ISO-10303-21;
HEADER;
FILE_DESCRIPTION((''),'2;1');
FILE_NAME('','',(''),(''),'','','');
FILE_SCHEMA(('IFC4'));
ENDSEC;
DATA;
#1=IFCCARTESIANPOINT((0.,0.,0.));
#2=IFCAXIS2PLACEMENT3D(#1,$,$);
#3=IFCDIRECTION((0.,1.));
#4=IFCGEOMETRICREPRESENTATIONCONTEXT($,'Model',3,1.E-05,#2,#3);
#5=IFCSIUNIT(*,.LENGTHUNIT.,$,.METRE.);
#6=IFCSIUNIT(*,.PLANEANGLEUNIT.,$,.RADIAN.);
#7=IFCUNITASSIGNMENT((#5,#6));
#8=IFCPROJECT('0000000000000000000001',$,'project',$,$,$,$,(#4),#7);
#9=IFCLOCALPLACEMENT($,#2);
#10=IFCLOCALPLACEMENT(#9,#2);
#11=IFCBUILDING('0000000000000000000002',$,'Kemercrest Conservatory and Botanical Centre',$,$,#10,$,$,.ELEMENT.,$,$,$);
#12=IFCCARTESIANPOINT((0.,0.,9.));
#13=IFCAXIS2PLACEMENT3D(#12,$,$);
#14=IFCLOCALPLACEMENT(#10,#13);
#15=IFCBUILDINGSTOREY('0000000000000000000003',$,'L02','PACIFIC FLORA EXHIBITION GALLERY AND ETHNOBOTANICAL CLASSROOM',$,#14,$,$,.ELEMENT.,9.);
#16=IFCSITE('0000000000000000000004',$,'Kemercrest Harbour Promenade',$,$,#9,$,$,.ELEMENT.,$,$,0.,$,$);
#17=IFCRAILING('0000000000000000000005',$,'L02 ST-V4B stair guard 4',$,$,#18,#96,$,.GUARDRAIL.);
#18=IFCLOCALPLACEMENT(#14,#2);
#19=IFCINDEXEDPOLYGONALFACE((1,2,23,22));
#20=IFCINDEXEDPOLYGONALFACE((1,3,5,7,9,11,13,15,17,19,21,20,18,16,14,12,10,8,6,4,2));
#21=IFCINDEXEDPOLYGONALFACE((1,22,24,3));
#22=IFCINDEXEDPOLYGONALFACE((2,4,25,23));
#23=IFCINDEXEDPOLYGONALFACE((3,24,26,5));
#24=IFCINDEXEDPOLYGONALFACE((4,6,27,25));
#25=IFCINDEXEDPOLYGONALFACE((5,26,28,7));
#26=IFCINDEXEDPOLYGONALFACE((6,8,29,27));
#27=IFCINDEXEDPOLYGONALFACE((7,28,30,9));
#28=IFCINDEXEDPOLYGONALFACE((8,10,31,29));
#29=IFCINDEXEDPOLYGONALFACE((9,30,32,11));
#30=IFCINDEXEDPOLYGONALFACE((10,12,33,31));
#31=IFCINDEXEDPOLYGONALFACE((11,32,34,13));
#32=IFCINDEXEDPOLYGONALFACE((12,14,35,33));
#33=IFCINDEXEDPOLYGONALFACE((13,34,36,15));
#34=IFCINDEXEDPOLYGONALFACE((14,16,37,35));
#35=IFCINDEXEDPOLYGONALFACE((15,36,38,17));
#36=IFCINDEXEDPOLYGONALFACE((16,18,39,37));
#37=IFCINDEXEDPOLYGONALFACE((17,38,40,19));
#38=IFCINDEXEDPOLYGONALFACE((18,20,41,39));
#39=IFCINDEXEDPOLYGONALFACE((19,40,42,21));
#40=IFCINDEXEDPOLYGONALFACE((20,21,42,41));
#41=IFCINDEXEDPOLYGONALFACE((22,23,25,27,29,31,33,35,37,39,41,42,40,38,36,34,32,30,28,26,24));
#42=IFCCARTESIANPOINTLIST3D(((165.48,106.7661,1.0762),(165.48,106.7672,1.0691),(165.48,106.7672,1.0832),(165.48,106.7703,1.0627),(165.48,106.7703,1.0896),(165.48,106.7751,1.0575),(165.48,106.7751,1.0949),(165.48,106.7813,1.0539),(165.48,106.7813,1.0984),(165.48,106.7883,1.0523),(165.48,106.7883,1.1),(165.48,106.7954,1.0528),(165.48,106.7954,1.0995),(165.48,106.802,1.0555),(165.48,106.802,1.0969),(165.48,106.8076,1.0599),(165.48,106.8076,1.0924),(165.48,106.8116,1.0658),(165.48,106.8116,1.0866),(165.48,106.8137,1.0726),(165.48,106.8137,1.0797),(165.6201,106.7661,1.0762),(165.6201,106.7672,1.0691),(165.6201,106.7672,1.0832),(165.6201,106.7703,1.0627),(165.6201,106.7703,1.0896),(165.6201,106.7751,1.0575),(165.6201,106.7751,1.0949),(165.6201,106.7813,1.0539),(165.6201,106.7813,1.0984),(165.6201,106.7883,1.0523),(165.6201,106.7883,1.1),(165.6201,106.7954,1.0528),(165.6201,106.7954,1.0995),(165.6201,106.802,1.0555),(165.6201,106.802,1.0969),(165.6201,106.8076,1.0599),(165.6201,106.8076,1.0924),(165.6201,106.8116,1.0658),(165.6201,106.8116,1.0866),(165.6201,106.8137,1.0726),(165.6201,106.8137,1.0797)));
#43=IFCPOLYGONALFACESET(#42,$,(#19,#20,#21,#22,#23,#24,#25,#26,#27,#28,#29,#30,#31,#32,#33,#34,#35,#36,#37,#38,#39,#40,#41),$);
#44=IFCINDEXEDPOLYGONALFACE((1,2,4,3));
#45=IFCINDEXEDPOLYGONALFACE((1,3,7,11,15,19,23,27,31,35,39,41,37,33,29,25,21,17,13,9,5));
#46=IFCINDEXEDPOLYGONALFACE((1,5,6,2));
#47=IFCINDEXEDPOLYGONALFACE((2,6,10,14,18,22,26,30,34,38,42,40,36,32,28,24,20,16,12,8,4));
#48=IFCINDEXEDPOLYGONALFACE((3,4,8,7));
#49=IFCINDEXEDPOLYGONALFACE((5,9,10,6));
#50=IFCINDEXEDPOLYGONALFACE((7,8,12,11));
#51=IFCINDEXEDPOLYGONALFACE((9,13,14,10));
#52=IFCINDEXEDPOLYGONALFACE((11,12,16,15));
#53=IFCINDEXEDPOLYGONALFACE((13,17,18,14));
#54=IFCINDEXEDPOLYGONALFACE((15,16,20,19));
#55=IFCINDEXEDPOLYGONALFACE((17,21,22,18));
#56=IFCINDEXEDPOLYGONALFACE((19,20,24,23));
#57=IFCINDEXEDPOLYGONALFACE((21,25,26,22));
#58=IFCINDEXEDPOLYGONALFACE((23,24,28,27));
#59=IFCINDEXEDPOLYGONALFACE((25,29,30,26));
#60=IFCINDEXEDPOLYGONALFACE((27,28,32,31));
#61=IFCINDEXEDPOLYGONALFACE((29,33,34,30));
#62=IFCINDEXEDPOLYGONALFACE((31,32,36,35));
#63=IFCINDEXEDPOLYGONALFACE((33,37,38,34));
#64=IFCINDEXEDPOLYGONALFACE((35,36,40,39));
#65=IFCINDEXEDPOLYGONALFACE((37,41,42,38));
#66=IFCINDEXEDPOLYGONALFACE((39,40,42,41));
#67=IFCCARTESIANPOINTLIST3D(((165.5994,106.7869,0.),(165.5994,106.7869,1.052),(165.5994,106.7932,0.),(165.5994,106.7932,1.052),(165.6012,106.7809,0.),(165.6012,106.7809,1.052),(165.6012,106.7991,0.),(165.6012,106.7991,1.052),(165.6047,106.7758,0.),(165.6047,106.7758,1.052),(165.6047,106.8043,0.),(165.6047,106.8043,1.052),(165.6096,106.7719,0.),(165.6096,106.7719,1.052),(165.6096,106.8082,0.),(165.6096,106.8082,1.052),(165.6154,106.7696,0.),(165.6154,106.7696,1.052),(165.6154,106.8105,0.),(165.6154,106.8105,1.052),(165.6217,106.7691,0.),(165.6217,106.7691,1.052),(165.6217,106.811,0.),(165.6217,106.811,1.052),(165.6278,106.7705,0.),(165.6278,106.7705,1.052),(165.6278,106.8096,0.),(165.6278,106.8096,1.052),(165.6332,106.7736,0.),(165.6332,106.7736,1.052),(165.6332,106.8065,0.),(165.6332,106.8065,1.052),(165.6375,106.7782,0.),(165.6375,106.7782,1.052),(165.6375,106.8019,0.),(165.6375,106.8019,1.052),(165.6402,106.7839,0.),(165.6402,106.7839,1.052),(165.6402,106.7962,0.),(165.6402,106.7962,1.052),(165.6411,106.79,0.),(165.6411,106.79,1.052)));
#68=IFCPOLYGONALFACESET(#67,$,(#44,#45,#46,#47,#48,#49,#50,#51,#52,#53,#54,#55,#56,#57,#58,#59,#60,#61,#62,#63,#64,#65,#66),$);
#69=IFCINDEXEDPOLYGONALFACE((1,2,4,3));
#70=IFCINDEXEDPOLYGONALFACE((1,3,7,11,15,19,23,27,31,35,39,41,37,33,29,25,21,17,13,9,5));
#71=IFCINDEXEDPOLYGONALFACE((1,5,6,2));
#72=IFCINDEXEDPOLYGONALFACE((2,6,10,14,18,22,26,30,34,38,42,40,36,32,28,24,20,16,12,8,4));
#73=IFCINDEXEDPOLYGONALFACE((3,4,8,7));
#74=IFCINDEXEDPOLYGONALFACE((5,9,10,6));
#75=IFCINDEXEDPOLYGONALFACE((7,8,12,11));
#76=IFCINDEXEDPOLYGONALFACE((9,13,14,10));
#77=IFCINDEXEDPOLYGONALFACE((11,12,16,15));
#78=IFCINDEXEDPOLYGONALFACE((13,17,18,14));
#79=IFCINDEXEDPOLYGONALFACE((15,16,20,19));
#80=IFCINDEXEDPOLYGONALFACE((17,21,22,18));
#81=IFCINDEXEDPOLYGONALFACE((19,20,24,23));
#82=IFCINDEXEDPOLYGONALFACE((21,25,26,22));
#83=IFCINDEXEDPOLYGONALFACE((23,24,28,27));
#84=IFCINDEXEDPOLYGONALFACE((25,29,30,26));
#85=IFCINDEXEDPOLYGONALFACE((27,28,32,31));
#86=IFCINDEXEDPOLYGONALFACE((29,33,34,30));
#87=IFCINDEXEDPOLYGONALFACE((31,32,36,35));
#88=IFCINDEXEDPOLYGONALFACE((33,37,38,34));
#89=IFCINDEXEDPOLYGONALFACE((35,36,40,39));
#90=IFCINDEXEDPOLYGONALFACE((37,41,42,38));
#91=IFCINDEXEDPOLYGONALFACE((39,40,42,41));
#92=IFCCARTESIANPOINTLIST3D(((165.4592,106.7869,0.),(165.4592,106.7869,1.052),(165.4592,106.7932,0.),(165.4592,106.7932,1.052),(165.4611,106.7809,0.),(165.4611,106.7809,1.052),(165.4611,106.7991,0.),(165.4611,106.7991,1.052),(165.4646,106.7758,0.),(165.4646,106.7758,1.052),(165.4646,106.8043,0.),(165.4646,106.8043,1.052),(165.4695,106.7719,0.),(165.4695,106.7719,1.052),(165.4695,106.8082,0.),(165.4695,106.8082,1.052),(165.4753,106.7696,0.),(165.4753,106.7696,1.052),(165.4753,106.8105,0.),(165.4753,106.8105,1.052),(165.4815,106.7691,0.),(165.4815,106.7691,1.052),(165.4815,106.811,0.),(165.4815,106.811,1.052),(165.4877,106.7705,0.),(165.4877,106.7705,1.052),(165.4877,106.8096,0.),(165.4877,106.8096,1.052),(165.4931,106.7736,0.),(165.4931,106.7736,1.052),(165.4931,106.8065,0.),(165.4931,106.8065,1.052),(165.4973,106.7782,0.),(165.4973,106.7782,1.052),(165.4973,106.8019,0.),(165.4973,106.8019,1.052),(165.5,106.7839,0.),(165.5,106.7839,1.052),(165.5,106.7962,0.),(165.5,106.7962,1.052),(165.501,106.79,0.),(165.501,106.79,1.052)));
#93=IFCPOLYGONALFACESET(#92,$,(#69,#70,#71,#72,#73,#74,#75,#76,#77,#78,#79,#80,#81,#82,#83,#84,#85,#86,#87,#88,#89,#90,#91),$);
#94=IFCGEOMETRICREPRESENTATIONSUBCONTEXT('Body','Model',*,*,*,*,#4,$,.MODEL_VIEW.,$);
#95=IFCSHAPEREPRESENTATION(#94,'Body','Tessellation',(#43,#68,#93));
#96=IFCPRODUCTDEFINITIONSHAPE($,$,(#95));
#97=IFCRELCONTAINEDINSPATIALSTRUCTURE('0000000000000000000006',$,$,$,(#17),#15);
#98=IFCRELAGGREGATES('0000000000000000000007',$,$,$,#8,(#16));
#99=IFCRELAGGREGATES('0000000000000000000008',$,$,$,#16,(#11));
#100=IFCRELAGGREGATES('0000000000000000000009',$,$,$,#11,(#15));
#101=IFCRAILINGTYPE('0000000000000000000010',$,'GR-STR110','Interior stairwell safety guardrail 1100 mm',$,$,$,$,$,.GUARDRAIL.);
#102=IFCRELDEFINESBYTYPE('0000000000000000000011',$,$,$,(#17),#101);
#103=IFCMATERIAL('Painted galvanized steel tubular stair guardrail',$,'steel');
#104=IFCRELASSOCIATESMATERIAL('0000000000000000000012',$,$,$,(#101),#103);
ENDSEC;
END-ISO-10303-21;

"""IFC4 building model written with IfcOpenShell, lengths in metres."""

from ifc_helpers import new_model, si_unit, direction, frame, origin, origin_2d, place, context, subcontext, project, spatial, circle, extrude, material, type_object, element, save


model = new_model("IFC4")

# Units and contexts
model_context = context("Model", 3, precision=1e-05, world=origin(), true_north=direction((0.0, 1.0)))
body_context = subcontext(model_context, "Body", "Model", "MODEL_VIEW")
ifc_project = project(units=[si_unit("LENGTHUNIT", "METRE"), si_unit("PLANEANGLEUNIT", "RADIAN")], contexts=[model_context])

# Site, building, storey
site_placement = place(None, origin())
site = spatial("IfcSite", under=ifc_project, at=site_placement, Name="Kemercrest Harbour Promenade", CompositionType="ELEMENT", RefElevation=0.0)
building_placement = place(site_placement, origin())
building = spatial("IfcBuilding", under=site, at=building_placement, Name="Kemercrest Conservatory and Botanical Centre", CompositionType="ELEMENT")
storey_placement = place(building_placement, frame((0.0, 0.0, 9.0)))
storey = spatial("IfcBuildingStorey", under=building, at=storey_placement, Name="L02", Description="PACIFIC FLORA EXHIBITION GALLERY AND ETHNOBOTANICAL CLASSROOM", CompositionType="ELEMENT", Elevation=9.0)

# Railing
ifc_material_1 = material(Name="Painted galvanized steel tubular stair guardrail", Category="steel")
railing_type_1 = type_object("IfcRailingType", Name="GR-STR110", Description="Interior stairwell safety guardrail 1100 mm", PredefinedType="GUARDRAIL", material=ifc_material_1)
railing_1_placement = place(storey_placement, frame((165.6201, 106.79, 0.0)))
element("IfcRailing", 1, at=railing_1_placement, inside=storey, type_object=railing_type_1, Name="L02 ST-V4B stair guard 4", PredefinedType="GUARDRAIL", context=body_context, shape_type="SweptSolid", body=[
    extrude(circle(Radius=0.0239, at=origin_2d()), frame((0.0, 0.0, 1.0762), z_axis=(-1.0, 0.0, 0.0), x_axis=(0.0, -1.0, 0.0)), (0.0, 0.0, 1.0), 0.1401),
    extrude(circle(Radius=0.021, at=origin_2d()), origin(), (0.0, 0.0, 1.0), 1.052),
    extrude(circle(Radius=0.021, at=origin_2d()), frame((-0.1401, 0.0, 0.0)), (0.0, 0.0, 1.0), 1.052),
])

save(model, "model.ifc")
